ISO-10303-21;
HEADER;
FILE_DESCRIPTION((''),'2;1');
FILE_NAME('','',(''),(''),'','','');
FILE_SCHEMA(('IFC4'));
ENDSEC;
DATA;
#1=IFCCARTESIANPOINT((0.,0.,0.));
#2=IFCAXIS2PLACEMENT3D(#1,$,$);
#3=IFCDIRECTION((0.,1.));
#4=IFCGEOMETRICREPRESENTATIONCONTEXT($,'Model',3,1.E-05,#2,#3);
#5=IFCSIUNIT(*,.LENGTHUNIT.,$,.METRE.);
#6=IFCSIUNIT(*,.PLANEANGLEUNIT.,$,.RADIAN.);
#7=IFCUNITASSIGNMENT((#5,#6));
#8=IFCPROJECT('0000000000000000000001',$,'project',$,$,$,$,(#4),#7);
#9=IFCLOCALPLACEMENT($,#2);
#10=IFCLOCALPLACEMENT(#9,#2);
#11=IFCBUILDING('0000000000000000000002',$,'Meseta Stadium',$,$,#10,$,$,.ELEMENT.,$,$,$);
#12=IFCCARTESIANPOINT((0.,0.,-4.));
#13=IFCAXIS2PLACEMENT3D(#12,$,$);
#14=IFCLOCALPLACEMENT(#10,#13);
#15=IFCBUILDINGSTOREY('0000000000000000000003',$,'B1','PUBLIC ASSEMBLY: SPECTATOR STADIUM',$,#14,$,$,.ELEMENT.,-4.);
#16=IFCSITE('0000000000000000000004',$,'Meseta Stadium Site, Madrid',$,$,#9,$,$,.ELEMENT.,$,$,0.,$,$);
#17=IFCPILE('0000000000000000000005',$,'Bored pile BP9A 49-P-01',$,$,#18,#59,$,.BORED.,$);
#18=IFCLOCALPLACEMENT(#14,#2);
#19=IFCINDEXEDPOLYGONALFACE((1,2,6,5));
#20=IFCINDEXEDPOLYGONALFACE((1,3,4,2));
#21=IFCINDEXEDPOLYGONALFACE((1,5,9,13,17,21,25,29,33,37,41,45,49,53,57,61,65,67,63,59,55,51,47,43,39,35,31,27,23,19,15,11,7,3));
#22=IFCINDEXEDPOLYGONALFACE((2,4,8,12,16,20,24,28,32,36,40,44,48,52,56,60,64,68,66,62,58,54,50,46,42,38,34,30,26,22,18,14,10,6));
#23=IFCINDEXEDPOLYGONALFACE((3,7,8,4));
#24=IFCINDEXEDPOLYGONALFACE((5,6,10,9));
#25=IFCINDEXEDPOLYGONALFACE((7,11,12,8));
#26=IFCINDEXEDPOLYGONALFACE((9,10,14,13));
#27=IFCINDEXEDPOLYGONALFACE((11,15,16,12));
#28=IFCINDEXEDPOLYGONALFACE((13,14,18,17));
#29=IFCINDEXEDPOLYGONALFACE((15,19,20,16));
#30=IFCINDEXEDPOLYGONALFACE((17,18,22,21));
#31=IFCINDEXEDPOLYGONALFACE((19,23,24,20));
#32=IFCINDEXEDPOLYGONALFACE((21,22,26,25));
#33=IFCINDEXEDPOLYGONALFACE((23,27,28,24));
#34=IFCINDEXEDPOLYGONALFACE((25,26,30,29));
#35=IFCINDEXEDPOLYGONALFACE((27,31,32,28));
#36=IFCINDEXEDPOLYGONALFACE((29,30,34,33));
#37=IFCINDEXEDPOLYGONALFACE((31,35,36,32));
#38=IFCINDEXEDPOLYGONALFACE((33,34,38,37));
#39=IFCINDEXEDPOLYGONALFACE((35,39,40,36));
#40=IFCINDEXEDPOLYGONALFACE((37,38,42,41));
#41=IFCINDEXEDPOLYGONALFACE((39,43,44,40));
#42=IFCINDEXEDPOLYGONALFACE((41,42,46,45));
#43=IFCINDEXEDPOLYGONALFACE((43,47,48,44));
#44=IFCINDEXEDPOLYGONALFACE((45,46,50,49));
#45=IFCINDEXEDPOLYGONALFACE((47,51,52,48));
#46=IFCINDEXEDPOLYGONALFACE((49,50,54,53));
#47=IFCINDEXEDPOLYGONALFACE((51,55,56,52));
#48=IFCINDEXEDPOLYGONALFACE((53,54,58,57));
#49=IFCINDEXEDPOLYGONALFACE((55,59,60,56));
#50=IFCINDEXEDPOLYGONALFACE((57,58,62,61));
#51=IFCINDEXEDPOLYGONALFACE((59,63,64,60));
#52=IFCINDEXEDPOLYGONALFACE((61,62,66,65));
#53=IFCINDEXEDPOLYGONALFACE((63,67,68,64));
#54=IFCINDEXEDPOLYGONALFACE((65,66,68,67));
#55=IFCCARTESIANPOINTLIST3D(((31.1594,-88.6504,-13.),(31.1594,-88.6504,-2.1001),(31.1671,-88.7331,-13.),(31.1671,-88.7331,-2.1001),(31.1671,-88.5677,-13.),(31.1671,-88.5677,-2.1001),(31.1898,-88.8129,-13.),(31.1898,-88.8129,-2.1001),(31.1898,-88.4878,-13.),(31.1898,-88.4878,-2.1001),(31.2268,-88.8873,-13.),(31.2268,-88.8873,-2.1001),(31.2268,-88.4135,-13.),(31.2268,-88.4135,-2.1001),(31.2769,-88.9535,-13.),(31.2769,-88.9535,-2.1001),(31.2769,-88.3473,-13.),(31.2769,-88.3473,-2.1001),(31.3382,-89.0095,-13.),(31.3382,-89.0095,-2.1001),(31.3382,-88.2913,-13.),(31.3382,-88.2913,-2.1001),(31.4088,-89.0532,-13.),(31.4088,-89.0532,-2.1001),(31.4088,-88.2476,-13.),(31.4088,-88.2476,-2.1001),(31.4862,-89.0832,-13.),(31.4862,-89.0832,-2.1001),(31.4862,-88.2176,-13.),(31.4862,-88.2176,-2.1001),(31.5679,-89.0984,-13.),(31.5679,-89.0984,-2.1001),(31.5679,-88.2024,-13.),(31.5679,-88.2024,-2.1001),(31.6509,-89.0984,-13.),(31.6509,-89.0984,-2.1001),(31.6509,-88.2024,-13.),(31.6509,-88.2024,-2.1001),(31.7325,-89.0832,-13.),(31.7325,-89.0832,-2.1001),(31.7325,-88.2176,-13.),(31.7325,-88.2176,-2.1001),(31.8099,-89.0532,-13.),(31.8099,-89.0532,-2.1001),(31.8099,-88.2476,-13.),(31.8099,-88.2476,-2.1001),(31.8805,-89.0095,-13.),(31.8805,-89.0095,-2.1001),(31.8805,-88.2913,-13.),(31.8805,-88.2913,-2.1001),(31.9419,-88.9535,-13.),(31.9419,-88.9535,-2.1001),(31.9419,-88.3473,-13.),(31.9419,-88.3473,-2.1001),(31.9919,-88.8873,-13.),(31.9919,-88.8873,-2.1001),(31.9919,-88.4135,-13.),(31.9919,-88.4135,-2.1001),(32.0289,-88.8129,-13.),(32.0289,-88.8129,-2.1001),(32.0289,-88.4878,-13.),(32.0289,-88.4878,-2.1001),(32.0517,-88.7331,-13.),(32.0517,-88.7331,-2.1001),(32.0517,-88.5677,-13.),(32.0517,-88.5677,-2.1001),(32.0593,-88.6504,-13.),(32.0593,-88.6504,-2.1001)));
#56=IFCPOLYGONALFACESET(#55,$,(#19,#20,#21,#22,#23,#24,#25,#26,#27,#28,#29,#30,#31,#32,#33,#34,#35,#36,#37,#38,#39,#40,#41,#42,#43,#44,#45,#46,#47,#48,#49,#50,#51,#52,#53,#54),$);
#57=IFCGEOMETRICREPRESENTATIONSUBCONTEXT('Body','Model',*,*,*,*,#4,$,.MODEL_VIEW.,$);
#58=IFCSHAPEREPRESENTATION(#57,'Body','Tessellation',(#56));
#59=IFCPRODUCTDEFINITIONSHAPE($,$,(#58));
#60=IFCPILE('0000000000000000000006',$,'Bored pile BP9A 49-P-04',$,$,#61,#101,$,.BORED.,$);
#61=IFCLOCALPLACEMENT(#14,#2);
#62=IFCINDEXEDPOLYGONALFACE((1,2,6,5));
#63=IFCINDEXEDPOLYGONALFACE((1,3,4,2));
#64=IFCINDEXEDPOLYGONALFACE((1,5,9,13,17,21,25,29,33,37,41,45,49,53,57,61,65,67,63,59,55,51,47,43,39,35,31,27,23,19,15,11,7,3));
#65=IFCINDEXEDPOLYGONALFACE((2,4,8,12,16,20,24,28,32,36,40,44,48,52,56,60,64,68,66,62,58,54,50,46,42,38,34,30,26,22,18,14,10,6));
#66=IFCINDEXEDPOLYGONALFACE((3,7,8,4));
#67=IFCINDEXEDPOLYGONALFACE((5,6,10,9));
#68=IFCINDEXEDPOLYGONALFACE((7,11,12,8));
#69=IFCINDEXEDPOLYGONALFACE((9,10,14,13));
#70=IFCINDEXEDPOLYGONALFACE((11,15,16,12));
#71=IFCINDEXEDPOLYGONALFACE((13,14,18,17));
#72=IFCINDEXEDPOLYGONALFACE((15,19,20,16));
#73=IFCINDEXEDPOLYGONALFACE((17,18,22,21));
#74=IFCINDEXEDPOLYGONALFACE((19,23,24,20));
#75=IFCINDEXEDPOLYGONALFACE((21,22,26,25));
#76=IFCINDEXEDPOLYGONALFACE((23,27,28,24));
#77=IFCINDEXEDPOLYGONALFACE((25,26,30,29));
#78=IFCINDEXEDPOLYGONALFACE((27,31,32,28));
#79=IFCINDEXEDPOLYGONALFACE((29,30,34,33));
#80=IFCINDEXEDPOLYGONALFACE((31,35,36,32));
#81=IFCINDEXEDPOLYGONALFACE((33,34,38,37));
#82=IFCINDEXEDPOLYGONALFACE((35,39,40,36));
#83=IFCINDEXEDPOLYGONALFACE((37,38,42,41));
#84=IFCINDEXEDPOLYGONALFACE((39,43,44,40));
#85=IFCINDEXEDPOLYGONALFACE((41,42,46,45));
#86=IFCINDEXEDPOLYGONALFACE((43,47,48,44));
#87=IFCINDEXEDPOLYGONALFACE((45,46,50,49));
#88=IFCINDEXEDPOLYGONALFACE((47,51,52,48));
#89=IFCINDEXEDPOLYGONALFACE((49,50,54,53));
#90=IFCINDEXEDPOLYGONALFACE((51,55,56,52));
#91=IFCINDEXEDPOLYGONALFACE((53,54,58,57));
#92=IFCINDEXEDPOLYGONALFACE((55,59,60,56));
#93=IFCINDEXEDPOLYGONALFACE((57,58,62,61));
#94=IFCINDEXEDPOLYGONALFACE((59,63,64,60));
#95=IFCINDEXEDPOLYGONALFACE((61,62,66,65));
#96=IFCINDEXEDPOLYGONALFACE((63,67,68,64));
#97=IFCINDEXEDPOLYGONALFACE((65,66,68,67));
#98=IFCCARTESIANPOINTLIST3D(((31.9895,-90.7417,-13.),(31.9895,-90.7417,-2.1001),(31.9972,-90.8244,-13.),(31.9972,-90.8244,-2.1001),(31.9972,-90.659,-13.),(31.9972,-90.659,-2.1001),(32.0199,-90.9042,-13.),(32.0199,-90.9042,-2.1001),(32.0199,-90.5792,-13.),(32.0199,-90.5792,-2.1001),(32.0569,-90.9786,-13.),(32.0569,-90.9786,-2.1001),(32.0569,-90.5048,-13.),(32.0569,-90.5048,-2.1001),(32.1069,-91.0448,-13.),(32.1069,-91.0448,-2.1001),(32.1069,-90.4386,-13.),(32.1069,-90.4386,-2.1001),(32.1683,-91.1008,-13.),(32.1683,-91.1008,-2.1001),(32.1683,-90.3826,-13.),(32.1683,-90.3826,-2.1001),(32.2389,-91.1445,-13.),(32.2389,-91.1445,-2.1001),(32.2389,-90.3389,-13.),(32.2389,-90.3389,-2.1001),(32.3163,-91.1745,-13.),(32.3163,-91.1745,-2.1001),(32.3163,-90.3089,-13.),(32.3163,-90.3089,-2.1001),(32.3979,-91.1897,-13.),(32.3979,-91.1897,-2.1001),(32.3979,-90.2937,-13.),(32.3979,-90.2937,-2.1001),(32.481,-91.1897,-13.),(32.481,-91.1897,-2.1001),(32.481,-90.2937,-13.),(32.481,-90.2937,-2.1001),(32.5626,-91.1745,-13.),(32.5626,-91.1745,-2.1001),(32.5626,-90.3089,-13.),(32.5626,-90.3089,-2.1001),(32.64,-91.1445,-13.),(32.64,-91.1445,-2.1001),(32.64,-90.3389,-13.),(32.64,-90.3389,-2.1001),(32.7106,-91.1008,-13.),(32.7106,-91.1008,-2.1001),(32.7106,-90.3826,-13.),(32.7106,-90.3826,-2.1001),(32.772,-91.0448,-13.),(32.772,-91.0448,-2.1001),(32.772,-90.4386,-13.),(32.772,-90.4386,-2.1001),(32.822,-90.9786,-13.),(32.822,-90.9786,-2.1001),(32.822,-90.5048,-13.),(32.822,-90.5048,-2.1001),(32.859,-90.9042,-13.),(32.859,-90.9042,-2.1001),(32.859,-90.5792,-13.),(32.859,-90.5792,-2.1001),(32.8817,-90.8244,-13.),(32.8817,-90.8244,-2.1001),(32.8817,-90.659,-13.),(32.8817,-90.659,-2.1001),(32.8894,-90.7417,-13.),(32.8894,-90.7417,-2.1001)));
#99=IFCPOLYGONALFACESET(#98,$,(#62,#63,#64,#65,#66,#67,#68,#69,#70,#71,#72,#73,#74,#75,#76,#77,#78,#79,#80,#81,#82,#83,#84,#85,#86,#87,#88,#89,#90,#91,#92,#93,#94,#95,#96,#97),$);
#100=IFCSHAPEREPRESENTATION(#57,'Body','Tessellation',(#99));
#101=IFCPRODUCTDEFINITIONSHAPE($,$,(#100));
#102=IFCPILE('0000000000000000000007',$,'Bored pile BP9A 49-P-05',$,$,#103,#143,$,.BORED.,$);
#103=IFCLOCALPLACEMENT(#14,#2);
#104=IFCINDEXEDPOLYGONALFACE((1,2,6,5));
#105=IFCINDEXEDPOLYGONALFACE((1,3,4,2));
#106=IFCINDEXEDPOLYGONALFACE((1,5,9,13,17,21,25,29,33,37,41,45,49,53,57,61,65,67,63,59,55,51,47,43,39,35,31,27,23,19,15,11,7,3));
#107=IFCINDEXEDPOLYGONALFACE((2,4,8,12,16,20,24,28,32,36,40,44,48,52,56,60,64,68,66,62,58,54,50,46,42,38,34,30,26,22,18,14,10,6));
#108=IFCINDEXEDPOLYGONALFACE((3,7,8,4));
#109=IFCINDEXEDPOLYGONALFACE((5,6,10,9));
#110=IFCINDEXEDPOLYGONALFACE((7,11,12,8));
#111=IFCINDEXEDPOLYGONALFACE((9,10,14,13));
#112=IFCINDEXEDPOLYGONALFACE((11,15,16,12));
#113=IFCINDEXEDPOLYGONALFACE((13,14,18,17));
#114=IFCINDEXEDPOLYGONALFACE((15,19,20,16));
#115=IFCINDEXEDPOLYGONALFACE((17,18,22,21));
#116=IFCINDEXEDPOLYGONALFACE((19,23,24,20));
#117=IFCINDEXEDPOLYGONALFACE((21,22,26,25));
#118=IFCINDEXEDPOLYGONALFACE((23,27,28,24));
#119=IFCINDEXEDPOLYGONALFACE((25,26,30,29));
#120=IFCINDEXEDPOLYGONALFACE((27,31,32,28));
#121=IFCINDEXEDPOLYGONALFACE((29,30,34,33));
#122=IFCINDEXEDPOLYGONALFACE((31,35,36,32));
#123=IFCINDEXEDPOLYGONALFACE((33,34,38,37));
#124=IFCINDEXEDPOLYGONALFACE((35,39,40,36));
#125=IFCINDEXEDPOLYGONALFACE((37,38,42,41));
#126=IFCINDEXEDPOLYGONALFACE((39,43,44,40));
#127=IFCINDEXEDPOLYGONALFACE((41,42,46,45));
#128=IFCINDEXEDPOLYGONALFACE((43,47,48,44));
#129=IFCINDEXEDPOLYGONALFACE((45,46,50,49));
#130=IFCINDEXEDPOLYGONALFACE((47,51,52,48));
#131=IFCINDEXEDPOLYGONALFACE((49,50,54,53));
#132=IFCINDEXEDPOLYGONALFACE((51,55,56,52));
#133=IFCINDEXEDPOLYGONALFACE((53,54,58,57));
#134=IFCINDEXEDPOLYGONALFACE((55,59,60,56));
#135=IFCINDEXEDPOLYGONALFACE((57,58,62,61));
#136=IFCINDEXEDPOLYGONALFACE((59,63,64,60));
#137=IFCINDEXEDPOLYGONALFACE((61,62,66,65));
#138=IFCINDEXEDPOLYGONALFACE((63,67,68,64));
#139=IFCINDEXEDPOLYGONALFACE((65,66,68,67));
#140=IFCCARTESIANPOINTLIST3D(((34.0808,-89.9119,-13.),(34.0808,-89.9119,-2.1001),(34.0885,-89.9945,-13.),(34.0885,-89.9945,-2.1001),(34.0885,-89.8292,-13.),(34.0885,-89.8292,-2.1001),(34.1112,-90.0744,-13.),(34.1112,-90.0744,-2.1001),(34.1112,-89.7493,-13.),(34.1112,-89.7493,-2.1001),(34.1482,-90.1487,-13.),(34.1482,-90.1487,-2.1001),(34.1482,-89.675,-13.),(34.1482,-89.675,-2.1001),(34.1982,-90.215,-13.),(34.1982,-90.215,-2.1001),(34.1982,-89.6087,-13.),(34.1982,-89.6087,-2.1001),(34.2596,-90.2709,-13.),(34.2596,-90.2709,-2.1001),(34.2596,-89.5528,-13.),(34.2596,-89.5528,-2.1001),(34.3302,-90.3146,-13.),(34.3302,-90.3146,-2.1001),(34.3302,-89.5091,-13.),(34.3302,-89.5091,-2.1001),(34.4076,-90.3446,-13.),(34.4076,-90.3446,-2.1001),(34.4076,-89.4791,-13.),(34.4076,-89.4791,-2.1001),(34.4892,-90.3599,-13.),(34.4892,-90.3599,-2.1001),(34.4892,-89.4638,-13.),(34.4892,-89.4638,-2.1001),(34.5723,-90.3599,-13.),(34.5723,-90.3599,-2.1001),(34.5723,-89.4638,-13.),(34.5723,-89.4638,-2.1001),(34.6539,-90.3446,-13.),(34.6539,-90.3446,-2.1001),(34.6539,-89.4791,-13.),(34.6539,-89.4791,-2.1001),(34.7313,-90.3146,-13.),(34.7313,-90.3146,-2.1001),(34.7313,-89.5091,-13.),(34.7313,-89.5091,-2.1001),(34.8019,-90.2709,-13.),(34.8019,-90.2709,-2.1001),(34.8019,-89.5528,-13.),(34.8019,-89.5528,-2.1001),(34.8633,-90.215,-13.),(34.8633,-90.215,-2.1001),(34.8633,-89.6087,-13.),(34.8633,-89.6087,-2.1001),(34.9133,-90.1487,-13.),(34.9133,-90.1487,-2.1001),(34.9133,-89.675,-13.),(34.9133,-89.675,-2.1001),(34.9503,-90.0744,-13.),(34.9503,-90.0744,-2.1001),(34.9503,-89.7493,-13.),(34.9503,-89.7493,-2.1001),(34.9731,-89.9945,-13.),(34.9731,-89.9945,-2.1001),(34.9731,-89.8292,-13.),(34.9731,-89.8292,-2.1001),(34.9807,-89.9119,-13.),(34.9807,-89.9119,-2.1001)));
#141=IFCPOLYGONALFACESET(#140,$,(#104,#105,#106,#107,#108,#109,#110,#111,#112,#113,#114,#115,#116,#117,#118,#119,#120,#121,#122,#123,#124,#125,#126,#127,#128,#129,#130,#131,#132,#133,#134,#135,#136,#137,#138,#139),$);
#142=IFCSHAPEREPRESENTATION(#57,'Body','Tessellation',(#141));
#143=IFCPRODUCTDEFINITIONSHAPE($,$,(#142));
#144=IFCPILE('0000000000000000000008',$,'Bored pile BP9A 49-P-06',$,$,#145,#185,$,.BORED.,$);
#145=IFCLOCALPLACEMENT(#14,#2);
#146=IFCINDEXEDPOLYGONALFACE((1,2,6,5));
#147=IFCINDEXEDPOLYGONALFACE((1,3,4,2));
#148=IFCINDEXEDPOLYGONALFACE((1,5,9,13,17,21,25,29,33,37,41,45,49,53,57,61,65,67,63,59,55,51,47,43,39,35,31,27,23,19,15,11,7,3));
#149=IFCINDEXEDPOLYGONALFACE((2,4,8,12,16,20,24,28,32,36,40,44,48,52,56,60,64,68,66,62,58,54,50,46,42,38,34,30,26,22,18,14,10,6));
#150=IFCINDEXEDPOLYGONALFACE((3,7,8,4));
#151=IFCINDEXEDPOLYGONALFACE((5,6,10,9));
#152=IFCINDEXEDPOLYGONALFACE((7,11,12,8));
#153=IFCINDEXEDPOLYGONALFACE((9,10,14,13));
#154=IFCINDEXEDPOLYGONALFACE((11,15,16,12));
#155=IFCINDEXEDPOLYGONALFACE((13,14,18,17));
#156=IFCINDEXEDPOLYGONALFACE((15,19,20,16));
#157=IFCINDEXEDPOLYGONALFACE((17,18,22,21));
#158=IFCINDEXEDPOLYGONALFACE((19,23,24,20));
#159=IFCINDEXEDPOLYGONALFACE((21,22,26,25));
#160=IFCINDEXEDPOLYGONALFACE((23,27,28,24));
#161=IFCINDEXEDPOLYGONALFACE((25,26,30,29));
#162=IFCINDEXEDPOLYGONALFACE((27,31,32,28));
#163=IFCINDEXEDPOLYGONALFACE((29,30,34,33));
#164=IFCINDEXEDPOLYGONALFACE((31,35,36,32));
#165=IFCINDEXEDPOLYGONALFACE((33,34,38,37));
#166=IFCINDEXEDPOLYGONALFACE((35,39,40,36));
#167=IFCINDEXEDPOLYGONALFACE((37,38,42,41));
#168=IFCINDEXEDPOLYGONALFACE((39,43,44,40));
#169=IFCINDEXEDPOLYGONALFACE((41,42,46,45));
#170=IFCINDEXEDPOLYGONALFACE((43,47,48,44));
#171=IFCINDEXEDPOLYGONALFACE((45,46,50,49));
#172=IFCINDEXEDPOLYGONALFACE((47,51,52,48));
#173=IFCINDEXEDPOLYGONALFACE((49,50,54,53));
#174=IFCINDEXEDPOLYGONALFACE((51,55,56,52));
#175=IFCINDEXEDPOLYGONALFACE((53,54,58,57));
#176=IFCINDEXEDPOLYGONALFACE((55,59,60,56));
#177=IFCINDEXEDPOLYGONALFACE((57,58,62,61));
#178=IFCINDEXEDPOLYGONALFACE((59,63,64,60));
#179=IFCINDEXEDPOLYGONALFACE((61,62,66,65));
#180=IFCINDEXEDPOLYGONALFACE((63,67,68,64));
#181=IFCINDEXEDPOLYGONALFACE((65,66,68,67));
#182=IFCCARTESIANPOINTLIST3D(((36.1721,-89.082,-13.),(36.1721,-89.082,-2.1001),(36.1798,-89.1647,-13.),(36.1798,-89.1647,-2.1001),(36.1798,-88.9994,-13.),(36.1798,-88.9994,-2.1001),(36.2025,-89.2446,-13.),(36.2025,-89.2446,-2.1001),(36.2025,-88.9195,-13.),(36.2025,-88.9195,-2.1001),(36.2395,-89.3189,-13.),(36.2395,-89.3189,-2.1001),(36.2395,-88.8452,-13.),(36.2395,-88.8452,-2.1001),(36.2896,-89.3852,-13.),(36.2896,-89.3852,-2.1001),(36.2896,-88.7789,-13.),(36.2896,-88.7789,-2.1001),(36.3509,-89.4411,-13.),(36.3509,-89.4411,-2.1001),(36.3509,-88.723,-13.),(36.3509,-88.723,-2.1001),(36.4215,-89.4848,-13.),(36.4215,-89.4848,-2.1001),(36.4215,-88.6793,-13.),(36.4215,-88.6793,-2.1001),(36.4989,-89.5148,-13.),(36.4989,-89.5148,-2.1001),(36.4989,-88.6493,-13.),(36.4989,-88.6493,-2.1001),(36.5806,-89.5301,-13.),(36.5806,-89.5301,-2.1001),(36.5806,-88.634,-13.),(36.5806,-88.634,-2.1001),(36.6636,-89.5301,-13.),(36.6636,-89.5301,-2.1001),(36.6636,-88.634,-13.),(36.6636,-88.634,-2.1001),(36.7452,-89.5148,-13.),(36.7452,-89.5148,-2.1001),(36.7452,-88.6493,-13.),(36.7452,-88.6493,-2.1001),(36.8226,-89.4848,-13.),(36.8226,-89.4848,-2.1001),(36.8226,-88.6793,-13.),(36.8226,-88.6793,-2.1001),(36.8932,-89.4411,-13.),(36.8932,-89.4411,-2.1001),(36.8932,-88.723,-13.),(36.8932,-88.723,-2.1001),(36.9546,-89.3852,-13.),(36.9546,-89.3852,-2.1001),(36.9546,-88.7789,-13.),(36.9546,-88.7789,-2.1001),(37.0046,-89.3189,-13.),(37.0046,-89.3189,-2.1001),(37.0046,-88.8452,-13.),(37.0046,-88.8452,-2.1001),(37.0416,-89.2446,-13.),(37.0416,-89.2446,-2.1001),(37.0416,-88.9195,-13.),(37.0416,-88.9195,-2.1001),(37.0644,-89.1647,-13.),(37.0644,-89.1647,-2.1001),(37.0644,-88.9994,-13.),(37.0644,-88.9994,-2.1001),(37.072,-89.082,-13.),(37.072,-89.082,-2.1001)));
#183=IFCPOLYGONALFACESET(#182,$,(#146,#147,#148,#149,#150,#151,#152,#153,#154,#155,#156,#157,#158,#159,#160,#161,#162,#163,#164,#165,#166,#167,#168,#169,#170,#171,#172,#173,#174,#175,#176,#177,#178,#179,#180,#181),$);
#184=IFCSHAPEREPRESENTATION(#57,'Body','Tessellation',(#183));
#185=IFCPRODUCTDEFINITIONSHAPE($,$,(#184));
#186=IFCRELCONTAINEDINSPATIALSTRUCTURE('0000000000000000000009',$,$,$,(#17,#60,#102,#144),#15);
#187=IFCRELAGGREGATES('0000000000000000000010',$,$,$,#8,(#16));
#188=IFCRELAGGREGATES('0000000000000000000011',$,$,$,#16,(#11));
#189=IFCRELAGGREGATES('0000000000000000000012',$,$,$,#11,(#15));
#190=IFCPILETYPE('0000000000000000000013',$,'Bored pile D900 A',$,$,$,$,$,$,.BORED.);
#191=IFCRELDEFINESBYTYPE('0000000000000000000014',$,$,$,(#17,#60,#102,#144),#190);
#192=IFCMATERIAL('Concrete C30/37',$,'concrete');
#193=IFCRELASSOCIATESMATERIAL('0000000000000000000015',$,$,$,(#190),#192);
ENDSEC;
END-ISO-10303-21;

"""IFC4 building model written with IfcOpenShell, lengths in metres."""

from ifc_helpers import new_model, si_unit, direction, frame, origin, origin_2d, place, context, subcontext, project, spatial, circle, extrude, material, material_profile, profile_set, type_object, element, save


model = new_model("IFC4")

# Units and contexts
model_context = context("Model", 3, precision=1e-05, world=origin(), true_north=direction((0.0, 1.0)))
body_context = subcontext(model_context, "Body", "Model", "MODEL_VIEW")
ifc_project = project(units=[si_unit("LENGTHUNIT", "METRE"), si_unit("PLANEANGLEUNIT", "RADIAN")], contexts=[model_context])

# Site, building, storey
site_placement = place(None, origin())
site = spatial("IfcSite", under=ifc_project, at=site_placement, Name="Meseta Stadium Site, Madrid", CompositionType="ELEMENT", RefElevation=0.0)
building_placement = place(site_placement, origin())
building = spatial("IfcBuilding", under=site, at=building_placement, Name="Meseta Stadium", CompositionType="ELEMENT")
storey_placement = place(building_placement, frame((0.0, 0.0, -4.0)))
storey = spatial("IfcBuildingStorey", under=building, at=storey_placement, Name="B1", Description="PUBLIC ASSEMBLY: SPECTATOR STADIUM", CompositionType="ELEMENT", Elevation=-4.0)

# Piles
ifc_material_1 = material(Name="Concrete C30/37", Category="concrete")
ifc_material_profile_1 = material_profile(ifc_material_1, circle(Radius=0.45, at=origin_2d()), Name="D900")
ifc_profile_set_1 = profile_set([ifc_material_profile_1], Name="Concrete C30/37")
pile_type = type_object("IfcPileType", Name="Bored pile D900 A", PredefinedType="BORED", material=ifc_profile_set_1)
for number, where, z_axis, x_axis, name in (
    (1, (31.6094, -88.6504, -2.1001), (0.0, 0.0, -1.0), (1.0, 0.0, 0.0), "Bored pile BP9A 49-P-01"),
    (2, (32.4395, -90.7417, -2.1001), (0.0, 0.0, -1.0), (1.0, 0.0, 0.0), "Bored pile BP9A 49-P-04"),
    (3, (34.5308, -89.9119, -2.1001), (0.0, 0.0, -1.0), (1.0, 0.0, 0.0), "Bored pile BP9A 49-P-05"),
    (4, (36.6221, -89.082, -2.1001), (0.0, 0.0, -1.0), (1.0, 0.0, 0.0), "Bored pile BP9A 49-P-06"),
):
    element("IfcPile", number, at=place(storey_placement, frame(where, z_axis=z_axis, x_axis=x_axis)), inside=storey, type_object=pile_type, Name=name, PredefinedType="BORED", context=body_context, shape_type="SweptSolid", body=[
        extrude(circle(Radius=0.45, at=origin_2d()), origin(), (0.0, 0.0, 1.0), 10.8999),
    ])

save(model, "model.ifc")
